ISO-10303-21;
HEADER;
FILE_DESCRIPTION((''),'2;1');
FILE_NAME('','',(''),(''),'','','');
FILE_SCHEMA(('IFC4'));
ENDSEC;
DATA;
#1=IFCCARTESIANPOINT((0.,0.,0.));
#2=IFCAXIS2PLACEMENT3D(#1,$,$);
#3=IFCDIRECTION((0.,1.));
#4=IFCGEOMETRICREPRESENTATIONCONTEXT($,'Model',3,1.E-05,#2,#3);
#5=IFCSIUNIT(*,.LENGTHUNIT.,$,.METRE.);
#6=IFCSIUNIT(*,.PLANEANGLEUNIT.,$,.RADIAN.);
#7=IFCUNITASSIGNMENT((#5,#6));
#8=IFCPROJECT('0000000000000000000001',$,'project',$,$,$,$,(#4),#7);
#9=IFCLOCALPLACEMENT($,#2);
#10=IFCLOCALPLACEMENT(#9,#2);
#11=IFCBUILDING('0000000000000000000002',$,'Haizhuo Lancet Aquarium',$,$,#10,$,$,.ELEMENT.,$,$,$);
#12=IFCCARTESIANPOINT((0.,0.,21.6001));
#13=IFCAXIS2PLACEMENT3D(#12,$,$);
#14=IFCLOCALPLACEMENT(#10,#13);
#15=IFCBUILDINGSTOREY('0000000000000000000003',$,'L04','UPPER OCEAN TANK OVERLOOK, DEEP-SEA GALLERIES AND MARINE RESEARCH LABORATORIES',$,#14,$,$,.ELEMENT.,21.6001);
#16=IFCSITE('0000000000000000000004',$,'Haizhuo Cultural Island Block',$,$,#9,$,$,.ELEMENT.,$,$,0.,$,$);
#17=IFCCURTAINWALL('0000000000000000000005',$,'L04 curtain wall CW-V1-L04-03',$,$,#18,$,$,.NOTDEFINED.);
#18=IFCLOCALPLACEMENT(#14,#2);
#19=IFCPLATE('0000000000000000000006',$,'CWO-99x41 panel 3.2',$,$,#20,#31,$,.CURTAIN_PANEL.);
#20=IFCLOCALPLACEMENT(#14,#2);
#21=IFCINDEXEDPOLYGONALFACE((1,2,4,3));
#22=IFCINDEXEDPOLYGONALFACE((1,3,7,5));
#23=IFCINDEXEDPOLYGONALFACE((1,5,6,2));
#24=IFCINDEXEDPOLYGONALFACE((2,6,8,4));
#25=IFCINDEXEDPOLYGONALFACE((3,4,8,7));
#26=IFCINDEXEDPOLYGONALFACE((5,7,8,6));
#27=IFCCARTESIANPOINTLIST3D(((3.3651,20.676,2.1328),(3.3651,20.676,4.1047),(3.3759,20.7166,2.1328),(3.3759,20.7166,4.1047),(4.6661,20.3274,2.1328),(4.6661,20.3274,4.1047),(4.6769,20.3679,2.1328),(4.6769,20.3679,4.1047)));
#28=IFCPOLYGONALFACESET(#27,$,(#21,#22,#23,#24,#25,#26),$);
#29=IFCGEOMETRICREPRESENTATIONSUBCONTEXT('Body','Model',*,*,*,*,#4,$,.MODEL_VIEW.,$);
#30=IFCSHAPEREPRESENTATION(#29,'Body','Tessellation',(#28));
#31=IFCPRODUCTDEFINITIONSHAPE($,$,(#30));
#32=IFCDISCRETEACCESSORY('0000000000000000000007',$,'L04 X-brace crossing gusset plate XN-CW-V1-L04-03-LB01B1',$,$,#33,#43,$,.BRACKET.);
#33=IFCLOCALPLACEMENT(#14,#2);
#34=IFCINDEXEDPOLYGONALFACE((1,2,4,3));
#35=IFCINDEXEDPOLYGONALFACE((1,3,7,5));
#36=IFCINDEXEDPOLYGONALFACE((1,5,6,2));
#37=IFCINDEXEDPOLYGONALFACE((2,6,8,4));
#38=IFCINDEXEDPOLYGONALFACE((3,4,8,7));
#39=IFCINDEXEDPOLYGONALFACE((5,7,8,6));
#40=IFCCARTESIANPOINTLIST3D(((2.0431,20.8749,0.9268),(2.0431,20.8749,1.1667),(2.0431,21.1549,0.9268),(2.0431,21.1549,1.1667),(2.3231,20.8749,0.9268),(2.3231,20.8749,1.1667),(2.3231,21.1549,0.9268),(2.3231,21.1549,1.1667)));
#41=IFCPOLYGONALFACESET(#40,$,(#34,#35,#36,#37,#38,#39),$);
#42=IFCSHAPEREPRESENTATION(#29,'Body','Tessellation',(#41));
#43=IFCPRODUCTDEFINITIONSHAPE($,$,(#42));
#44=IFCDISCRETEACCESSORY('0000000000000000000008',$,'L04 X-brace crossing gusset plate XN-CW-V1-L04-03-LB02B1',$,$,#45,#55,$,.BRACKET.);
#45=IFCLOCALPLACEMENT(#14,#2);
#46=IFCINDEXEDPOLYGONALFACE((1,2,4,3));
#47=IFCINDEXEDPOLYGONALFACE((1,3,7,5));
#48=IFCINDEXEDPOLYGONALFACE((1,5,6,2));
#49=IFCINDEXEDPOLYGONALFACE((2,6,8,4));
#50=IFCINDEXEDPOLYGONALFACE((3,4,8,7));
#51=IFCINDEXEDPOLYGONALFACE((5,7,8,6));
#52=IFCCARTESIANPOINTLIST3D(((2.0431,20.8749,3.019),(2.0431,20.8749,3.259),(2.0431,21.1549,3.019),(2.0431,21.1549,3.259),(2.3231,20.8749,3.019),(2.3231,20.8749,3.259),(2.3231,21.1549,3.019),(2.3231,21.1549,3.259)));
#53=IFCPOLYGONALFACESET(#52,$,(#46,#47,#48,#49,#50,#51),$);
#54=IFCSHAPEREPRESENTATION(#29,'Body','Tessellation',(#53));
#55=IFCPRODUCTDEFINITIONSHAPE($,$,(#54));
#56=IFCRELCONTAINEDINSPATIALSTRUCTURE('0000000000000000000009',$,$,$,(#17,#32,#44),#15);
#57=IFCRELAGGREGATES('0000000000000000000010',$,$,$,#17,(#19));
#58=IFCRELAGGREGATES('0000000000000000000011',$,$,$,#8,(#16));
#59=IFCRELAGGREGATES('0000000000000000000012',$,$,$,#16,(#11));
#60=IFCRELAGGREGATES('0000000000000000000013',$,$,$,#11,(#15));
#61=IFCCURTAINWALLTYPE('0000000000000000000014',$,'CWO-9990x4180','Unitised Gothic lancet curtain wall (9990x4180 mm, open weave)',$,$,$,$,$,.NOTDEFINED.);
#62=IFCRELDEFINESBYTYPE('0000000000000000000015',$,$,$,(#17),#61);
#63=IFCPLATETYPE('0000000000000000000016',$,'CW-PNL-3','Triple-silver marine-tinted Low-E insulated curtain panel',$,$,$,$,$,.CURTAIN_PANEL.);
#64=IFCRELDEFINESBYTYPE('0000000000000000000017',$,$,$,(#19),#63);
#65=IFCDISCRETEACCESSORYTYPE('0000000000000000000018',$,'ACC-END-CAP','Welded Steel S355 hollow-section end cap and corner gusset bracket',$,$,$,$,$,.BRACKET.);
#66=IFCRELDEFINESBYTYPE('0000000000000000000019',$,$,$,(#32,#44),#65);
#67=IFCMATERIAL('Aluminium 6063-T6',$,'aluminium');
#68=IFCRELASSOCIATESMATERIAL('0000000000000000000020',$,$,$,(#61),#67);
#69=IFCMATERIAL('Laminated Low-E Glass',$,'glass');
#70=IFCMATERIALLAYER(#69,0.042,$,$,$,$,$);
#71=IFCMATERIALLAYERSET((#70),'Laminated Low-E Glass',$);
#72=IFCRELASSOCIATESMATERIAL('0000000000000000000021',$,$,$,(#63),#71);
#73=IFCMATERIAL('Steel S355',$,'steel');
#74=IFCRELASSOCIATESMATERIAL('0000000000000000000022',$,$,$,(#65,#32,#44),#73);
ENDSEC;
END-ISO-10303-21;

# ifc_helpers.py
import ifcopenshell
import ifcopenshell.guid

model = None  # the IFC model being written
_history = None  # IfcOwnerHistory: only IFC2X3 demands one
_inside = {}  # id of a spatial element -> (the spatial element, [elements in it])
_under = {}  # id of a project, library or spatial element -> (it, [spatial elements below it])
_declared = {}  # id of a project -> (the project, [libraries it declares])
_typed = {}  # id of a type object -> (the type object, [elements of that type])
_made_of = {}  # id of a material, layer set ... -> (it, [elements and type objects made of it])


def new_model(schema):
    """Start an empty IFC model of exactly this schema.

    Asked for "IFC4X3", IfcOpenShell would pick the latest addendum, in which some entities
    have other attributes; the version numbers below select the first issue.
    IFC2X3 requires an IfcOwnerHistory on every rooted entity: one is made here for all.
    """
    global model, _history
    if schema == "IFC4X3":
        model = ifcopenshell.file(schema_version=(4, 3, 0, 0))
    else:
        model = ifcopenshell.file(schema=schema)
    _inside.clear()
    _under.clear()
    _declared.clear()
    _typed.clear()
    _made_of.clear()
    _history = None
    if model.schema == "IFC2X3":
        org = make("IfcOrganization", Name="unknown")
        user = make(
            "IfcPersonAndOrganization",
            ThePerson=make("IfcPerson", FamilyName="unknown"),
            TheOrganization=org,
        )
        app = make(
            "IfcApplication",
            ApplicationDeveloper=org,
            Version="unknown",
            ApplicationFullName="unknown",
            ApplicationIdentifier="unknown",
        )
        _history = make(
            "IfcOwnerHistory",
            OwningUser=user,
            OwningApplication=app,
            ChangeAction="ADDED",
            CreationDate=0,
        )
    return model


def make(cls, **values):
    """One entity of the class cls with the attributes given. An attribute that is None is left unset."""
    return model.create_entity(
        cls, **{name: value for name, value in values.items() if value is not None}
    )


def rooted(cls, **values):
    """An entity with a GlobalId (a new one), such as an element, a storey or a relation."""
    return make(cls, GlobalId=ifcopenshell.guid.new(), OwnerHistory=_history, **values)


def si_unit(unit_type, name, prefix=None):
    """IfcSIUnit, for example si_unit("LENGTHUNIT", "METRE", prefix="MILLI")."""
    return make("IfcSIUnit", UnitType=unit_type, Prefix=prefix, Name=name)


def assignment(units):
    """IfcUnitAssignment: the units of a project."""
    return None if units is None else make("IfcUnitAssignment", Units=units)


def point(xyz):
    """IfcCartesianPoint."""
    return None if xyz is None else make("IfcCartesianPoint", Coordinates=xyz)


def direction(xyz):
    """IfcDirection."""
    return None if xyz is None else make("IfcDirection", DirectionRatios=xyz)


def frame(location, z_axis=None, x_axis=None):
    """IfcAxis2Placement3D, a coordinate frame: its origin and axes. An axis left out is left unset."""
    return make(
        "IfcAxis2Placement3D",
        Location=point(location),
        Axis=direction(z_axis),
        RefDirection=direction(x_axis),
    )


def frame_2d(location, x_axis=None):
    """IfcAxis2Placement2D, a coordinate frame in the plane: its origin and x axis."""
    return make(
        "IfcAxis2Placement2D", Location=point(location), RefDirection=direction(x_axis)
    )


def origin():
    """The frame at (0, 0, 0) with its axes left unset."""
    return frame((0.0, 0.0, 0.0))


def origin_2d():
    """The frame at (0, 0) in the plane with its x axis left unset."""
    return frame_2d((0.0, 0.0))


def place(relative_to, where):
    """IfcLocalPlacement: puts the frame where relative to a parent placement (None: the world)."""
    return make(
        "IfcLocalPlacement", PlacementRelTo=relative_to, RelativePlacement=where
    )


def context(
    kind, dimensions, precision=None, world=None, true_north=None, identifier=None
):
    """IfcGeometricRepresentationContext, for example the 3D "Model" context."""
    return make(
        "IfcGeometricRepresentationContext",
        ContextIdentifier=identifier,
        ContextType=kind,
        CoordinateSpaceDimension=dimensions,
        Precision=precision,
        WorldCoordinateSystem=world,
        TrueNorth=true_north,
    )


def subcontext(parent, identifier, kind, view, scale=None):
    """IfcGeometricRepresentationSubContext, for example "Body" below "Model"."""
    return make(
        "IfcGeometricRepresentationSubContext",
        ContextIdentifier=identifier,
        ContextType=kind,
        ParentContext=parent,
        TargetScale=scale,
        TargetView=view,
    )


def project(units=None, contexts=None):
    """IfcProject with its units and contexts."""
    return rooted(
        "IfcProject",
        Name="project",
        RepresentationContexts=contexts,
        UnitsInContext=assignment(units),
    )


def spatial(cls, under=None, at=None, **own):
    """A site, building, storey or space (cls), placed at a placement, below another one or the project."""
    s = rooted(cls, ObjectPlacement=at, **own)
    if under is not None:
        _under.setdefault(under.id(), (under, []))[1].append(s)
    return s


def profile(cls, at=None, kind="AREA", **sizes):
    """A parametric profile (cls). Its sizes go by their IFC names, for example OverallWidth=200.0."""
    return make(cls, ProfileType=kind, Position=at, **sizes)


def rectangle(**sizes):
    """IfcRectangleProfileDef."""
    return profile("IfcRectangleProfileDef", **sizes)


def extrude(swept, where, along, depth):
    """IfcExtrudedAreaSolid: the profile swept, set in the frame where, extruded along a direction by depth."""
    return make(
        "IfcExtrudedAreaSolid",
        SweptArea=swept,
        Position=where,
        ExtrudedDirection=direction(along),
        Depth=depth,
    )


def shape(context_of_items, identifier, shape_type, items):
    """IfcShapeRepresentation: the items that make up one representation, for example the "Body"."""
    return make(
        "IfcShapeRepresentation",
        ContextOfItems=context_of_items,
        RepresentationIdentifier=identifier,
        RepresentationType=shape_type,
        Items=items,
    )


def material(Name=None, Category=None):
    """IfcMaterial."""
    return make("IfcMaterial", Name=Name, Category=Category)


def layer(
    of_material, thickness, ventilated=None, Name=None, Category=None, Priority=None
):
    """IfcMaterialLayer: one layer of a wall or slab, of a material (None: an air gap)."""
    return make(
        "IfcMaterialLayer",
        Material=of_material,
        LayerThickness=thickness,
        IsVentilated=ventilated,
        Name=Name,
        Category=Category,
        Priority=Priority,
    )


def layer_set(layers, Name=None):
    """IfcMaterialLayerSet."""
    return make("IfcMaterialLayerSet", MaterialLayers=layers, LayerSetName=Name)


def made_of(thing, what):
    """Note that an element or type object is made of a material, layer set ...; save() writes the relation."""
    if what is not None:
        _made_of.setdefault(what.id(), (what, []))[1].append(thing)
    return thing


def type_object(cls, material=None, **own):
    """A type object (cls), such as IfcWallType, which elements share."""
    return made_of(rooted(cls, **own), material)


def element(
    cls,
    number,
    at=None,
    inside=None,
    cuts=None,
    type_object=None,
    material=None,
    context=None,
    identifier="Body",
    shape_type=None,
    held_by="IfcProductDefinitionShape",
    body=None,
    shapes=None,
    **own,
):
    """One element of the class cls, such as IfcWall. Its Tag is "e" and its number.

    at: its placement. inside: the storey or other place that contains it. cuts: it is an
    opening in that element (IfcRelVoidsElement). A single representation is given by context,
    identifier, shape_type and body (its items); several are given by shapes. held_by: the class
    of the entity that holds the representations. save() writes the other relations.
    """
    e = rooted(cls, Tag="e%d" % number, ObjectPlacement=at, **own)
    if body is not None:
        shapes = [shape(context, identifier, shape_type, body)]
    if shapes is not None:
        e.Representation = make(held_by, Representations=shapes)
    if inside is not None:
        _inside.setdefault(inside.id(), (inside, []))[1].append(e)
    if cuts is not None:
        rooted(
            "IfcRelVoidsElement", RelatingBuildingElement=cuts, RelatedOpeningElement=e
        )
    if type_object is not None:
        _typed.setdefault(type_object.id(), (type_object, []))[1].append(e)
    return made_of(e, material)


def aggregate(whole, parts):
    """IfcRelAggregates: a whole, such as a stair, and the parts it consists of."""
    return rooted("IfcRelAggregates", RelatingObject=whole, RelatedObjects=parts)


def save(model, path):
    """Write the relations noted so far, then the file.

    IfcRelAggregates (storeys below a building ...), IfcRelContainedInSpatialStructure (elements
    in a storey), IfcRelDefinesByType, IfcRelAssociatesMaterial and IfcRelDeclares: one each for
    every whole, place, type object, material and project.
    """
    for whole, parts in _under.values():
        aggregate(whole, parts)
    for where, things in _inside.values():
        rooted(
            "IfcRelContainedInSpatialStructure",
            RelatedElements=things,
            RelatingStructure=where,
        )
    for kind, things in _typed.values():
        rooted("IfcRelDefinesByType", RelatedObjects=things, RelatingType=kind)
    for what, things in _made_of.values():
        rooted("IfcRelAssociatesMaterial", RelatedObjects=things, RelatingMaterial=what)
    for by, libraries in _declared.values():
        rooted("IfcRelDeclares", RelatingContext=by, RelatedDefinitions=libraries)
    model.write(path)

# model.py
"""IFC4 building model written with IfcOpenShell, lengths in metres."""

from ifc_helpers import new_model, si_unit, direction, frame, origin, origin_2d, place, context, subcontext, project, spatial, rectangle, extrude, material, layer, layer_set, type_object, element, aggregate, save


model = new_model("IFC4")

# Units and contexts
model_context = context("Model", 3, precision=1e-05, world=origin(), true_north=direction((0.0, 1.0)))
body_context = subcontext(model_context, "Body", "Model", "MODEL_VIEW")
ifc_project = project(units=[si_unit("LENGTHUNIT", "METRE"), si_unit("PLANEANGLEUNIT", "RADIAN")], contexts=[model_context])

# Site, building, storey
site_placement = place(None, origin())
site = spatial("IfcSite", under=ifc_project, at=site_placement, Name="Haizhuo Cultural Island Block", CompositionType="ELEMENT", RefElevation=0.0)
building_placement = place(site_placement, origin())
building = spatial("IfcBuilding", under=site, at=building_placement, Name="Haizhuo Lancet Aquarium", CompositionType="ELEMENT")
storey_placement = place(building_placement, frame((0.0, 0.0, 21.6001)))
storey = spatial("IfcBuildingStorey", under=building, at=storey_placement, Name="L04", Description="UPPER OCEAN TANK OVERLOOK, DEEP-SEA GALLERIES AND MARINE RESEARCH LABORATORIES", CompositionType="ELEMENT", Elevation=21.6001)

# Curtain wall
ifc_material_1 = material(Name="Aluminium 6063-T6", Category="aluminium")
curtain_wall_type = type_object("IfcCurtainWallType", Name="CWO-9990x4180", Description="Unitised Gothic lancet curtain wall (9990x4180 mm, open weave)", PredefinedType="NOTDEFINED", material=ifc_material_1)
curtain_wall_placement = place(storey_placement, origin())
curtain_wall = element("IfcCurtainWall", 1, at=curtain_wall_placement, inside=storey, type_object=curtain_wall_type, Name="L04 curtain wall CW-V1-L04-03", PredefinedType="NOTDEFINED")

# Shared definitions
ifc_material_2 = material(Name="Steel S355", Category="steel")

# Plate
ifc_material_3 = material(Name="Laminated Low-E Glass", Category="glass")
ifc_layer = layer(ifc_material_3, 0.042)
ifc_layer_set = layer_set([ifc_layer], Name="Laminated Low-E Glass")
plate_type = type_object("IfcPlateType", Name="CW-PNL-3", Description="Triple-silver marine-tinted Low-E insulated curtain panel", PredefinedType="CURTAIN_PANEL", material=ifc_layer_set)
plate_1_placement = place(storey_placement, frame((4.021, 20.522, 2.1328), z_axis=(0.0, 0.0, 1.0), x_axis=(0.965917, -0.258853, 0.0)))
plate_1 = element("IfcPlate", 2, at=plate_1_placement, type_object=plate_type, Name="CWO-99x41 panel 3.2", PredefinedType="CURTAIN_PANEL", context=body_context, shape_type="SweptSolid", body=[
    extrude(rectangle(XDim=1.3469, YDim=0.042, at=origin_2d()), origin(), (0.0, 0.0, 1.0), 1.9719),
])
aggregate(curtain_wall, [plate_1])

# Discrete accessories
discrete_accessory_type = type_object("IfcDiscreteAccessoryType", Name="ACC-END-CAP", Description="Welded Steel S355 hollow-section end cap and corner gusset bracket", PredefinedType="BRACKET", material=ifc_material_2)
for number, where, z_axis, x_axis, name in (
    (3, (2.1831, 21.0149, 0.9268), (0.0, 0.0, 1.0), (1.0, 0.0, 0.0), "L04 X-brace crossing gusset plate XN-CW-V1-L04-03-LB01B1"),
    (4, (2.1831, 21.0149, 3.019), (0.0, 0.0, 1.0), (1.0, 0.0, 0.0), "L04 X-brace crossing gusset plate XN-CW-V1-L04-03-LB02B1"),
):
    element("IfcDiscreteAccessory", number, at=place(storey_placement, frame(where, z_axis=z_axis, x_axis=x_axis)), inside=storey, type_object=discrete_accessory_type, material=ifc_material_2, Name=name, PredefinedType="BRACKET", context=body_context, shape_type="SweptSolid", body=[
        extrude(rectangle(XDim=0.28, YDim=0.28, at=origin_2d()), origin(), (0.0, 0.0, 1.0), 0.24),
    ])

save(model, "model.ifc")
